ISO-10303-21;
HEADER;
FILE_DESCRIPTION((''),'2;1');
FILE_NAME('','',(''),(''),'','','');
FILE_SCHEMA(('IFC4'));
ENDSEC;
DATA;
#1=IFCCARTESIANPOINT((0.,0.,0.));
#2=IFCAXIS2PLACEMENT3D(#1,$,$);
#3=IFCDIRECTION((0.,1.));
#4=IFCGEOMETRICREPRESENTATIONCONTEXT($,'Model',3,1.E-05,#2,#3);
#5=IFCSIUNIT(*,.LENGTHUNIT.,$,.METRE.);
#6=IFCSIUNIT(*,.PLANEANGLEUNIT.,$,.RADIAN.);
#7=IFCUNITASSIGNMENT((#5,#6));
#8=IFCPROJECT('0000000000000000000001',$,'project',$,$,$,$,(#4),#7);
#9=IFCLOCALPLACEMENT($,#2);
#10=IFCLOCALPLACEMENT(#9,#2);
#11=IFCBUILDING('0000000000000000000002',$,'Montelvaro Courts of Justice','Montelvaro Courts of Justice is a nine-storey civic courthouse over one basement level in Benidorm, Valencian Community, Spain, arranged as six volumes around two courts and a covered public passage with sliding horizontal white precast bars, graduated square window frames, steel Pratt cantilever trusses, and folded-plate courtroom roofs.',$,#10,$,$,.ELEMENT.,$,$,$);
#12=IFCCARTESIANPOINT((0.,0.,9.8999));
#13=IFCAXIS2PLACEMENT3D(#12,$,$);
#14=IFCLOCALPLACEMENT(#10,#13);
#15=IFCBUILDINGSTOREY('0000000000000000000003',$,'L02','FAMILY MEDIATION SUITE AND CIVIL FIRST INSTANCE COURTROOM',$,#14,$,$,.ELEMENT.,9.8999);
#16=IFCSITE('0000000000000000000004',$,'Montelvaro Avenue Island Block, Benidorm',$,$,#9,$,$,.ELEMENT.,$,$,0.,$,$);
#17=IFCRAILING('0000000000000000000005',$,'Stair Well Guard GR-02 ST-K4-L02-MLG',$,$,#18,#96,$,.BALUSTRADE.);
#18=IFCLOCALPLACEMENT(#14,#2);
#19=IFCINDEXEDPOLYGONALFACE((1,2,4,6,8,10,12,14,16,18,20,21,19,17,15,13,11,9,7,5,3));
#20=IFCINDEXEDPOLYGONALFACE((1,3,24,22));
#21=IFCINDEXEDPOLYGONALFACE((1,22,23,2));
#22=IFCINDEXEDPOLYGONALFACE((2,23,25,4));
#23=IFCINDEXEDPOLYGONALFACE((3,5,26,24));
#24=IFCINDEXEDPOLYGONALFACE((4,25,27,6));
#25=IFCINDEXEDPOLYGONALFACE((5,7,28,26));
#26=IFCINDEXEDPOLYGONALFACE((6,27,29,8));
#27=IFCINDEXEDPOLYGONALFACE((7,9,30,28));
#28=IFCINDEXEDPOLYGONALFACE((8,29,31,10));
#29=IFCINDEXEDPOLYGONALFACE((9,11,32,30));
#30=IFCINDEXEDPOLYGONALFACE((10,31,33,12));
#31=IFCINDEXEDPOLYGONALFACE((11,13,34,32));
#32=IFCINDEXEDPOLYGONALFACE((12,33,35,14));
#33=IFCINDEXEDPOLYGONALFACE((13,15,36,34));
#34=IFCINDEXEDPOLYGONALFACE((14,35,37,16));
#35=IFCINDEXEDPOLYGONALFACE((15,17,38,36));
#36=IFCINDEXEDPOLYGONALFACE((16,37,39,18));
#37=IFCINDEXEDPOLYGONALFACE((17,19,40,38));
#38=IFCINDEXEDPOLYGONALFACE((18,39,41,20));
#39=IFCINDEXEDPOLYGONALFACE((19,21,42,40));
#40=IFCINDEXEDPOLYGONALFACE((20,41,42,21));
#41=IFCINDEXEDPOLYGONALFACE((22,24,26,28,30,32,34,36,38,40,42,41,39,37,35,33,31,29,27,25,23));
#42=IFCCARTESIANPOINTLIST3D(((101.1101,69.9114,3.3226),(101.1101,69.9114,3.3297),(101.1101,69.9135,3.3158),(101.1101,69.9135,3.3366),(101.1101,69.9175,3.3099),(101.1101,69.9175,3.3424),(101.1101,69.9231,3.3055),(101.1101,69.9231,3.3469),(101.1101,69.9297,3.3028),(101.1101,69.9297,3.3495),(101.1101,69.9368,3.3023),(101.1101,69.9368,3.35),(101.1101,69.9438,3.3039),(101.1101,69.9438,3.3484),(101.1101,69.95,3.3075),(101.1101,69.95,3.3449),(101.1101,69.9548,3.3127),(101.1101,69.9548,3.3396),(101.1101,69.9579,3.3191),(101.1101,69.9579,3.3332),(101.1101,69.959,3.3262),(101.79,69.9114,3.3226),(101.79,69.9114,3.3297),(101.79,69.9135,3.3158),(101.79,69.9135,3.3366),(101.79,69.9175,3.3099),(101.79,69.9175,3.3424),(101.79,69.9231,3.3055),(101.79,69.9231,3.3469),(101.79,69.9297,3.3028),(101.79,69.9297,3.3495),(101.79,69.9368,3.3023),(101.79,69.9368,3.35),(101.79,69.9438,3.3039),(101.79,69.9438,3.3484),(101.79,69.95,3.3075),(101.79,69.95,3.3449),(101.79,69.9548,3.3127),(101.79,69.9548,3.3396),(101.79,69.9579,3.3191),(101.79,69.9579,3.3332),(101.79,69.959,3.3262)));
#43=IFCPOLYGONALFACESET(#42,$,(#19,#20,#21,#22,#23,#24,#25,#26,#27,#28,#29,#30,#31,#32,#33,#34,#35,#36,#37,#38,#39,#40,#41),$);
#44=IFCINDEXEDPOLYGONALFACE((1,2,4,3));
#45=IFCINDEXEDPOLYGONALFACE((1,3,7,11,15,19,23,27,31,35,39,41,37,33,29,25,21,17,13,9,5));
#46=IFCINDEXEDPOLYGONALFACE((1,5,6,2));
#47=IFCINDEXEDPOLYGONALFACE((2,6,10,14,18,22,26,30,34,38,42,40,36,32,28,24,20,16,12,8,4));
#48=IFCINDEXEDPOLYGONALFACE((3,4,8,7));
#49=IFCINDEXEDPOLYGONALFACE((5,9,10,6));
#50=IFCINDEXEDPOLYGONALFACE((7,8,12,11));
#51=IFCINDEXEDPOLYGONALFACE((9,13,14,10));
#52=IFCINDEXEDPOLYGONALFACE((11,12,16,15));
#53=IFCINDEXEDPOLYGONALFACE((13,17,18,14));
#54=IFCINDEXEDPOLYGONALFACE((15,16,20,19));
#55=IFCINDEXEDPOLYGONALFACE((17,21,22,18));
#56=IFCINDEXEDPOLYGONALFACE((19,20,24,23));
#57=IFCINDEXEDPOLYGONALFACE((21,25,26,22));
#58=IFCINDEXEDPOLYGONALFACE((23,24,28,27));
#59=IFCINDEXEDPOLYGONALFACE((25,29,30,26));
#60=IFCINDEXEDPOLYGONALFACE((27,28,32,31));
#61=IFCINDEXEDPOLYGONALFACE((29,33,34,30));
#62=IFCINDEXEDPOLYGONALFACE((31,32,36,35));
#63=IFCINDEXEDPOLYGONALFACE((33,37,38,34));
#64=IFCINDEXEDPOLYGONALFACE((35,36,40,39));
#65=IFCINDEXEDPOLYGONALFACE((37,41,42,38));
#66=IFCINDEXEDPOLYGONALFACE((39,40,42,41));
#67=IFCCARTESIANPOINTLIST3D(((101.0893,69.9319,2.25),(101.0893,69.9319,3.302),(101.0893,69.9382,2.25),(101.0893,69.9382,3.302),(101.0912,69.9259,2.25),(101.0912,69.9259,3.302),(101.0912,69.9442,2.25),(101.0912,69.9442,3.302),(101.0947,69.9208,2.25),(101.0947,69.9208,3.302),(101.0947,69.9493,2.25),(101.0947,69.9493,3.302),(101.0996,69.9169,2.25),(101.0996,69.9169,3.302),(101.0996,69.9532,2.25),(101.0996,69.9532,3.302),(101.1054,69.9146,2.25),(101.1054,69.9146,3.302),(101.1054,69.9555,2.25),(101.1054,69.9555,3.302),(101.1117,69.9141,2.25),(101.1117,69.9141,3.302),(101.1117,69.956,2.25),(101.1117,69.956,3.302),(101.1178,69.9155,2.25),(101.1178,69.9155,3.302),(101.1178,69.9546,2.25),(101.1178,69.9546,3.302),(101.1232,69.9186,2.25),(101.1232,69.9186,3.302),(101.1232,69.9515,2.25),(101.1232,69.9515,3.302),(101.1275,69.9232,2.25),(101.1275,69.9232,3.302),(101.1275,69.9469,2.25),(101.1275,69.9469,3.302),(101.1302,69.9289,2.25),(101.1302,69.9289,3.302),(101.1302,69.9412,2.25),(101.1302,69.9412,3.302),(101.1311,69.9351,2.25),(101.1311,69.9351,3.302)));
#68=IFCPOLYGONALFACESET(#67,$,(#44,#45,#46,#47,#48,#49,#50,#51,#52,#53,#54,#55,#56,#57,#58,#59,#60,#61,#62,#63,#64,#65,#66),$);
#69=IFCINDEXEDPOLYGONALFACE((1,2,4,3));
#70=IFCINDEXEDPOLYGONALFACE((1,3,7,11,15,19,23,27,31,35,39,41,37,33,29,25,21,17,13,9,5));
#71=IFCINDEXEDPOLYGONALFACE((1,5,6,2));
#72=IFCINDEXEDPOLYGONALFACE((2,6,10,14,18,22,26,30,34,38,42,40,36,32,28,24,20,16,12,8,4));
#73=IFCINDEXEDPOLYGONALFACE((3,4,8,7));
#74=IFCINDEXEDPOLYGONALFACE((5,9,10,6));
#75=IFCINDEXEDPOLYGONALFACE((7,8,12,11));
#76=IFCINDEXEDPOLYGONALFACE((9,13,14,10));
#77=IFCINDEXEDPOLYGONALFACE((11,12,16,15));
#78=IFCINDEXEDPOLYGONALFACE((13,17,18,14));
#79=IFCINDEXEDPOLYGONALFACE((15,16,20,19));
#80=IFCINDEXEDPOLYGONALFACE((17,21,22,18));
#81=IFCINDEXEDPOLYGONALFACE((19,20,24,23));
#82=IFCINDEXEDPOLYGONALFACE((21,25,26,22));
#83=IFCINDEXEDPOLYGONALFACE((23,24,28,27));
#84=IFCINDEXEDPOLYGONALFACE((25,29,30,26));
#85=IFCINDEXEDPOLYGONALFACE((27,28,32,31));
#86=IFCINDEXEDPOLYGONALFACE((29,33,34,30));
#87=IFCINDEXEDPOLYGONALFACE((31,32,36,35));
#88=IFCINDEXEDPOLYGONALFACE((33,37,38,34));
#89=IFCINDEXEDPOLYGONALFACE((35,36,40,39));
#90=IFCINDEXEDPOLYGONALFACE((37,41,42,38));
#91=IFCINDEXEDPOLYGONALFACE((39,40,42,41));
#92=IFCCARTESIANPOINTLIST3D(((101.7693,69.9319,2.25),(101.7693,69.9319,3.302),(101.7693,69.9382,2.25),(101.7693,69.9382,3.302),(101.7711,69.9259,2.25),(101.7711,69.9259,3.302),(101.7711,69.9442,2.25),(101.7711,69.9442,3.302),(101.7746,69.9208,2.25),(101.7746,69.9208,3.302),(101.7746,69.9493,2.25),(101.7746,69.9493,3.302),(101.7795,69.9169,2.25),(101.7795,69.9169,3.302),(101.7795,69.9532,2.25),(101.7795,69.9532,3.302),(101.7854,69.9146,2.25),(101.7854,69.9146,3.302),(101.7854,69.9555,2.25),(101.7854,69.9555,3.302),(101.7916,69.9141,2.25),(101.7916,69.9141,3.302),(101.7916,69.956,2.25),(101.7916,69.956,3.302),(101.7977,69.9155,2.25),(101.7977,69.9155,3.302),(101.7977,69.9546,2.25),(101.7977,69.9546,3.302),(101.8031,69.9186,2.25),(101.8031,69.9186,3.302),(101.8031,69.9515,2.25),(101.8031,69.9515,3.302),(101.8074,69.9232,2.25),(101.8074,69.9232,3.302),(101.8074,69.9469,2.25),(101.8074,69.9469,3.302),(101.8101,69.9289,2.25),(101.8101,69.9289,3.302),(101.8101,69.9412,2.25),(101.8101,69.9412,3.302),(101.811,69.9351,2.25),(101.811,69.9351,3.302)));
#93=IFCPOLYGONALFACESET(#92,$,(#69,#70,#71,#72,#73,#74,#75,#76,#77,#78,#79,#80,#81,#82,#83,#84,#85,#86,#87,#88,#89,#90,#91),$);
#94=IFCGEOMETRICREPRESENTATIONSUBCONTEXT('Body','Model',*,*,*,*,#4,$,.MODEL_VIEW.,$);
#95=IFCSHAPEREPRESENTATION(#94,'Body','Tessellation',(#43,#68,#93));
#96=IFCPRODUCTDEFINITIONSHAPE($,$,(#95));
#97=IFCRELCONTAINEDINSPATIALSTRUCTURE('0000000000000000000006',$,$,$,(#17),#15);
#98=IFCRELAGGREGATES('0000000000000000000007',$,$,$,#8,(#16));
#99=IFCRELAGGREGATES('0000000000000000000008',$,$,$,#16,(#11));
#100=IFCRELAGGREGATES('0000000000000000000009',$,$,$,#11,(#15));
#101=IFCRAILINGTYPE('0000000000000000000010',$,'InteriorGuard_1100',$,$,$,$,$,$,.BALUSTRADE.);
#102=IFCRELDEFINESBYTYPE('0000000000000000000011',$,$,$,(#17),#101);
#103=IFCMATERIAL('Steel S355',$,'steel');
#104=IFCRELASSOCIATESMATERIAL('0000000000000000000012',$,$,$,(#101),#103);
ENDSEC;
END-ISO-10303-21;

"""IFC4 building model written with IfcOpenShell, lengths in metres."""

from ifc_helpers import new_model, si_unit, direction, frame, origin, origin_2d, place, context, subcontext, project, spatial, circle, extrude, material, type_object, element, save


model = new_model("IFC4")

# Units and contexts
model_context = context("Model", 3, precision=1e-05, world=origin(), true_north=direction((0.0, 1.0)))
body_context = subcontext(model_context, "Body", "Model", "MODEL_VIEW")
ifc_project = project(units=[si_unit("LENGTHUNIT", "METRE"), si_unit("PLANEANGLEUNIT", "RADIAN")], contexts=[model_context])

# Site, building, storey
site_placement = place(None, origin())
site = spatial("IfcSite", under=ifc_project, at=site_placement, Name="Montelvaro Avenue Island Block, Benidorm", CompositionType="ELEMENT", RefElevation=0.0)
building_placement = place(site_placement, origin())
building = spatial("IfcBuilding", under=site, at=building_placement, Name="Montelvaro Courts of Justice", Description="Montelvaro Courts of Justice is a nine-storey civic courthouse over one basement level in Benidorm, Valencian Community, Spain, arranged as six volumes around two courts and a covered public passage with sliding horizontal white precast bars, graduated square window frames, steel Pratt cantilever trusses, and folded-plate courtroom roofs.", CompositionType="ELEMENT")
storey_placement = place(building_placement, frame((0.0, 0.0, 9.8999)))
storey = spatial("IfcBuildingStorey", under=building, at=storey_placement, Name="L02", Description="FAMILY MEDIATION SUITE AND CIVIL FIRST INSTANCE COURTROOM", CompositionType="ELEMENT", Elevation=9.8999)

# Railing
ifc_material_1 = material(Name="Steel S355", Category="steel")
railing_type_1 = type_object("IfcRailingType", Name="InteriorGuard_1100", PredefinedType="BALUSTRADE", material=ifc_material_1)
railing_1_placement = place(storey_placement, frame((101.1101, 69.9351, 2.25)))
element("IfcRailing", 1, at=railing_1_placement, inside=storey, type_object=railing_type_1, Name="Stair Well Guard GR-02 ST-K4-L02-MLG", PredefinedType="BALUSTRADE", context=body_context, shape_type="SweptSolid", body=[
    extrude(circle(Radius=0.0239, at=origin_2d()), frame((0.0, 0.0, 1.0762), z_axis=(1.0, 0.0, 0.0), x_axis=(0.0, 1.0, 0.0)), (0.0, 0.0, 1.0), 0.6799),
    extrude(circle(Radius=0.021, at=origin_2d()), origin(), (0.0, 0.0, 1.0), 1.052),
    extrude(circle(Radius=0.021, at=origin_2d()), frame((0.6799, 0.0, 0.0)), (0.0, 0.0, 1.0), 1.052),
])

save(model, "model.ifc")
